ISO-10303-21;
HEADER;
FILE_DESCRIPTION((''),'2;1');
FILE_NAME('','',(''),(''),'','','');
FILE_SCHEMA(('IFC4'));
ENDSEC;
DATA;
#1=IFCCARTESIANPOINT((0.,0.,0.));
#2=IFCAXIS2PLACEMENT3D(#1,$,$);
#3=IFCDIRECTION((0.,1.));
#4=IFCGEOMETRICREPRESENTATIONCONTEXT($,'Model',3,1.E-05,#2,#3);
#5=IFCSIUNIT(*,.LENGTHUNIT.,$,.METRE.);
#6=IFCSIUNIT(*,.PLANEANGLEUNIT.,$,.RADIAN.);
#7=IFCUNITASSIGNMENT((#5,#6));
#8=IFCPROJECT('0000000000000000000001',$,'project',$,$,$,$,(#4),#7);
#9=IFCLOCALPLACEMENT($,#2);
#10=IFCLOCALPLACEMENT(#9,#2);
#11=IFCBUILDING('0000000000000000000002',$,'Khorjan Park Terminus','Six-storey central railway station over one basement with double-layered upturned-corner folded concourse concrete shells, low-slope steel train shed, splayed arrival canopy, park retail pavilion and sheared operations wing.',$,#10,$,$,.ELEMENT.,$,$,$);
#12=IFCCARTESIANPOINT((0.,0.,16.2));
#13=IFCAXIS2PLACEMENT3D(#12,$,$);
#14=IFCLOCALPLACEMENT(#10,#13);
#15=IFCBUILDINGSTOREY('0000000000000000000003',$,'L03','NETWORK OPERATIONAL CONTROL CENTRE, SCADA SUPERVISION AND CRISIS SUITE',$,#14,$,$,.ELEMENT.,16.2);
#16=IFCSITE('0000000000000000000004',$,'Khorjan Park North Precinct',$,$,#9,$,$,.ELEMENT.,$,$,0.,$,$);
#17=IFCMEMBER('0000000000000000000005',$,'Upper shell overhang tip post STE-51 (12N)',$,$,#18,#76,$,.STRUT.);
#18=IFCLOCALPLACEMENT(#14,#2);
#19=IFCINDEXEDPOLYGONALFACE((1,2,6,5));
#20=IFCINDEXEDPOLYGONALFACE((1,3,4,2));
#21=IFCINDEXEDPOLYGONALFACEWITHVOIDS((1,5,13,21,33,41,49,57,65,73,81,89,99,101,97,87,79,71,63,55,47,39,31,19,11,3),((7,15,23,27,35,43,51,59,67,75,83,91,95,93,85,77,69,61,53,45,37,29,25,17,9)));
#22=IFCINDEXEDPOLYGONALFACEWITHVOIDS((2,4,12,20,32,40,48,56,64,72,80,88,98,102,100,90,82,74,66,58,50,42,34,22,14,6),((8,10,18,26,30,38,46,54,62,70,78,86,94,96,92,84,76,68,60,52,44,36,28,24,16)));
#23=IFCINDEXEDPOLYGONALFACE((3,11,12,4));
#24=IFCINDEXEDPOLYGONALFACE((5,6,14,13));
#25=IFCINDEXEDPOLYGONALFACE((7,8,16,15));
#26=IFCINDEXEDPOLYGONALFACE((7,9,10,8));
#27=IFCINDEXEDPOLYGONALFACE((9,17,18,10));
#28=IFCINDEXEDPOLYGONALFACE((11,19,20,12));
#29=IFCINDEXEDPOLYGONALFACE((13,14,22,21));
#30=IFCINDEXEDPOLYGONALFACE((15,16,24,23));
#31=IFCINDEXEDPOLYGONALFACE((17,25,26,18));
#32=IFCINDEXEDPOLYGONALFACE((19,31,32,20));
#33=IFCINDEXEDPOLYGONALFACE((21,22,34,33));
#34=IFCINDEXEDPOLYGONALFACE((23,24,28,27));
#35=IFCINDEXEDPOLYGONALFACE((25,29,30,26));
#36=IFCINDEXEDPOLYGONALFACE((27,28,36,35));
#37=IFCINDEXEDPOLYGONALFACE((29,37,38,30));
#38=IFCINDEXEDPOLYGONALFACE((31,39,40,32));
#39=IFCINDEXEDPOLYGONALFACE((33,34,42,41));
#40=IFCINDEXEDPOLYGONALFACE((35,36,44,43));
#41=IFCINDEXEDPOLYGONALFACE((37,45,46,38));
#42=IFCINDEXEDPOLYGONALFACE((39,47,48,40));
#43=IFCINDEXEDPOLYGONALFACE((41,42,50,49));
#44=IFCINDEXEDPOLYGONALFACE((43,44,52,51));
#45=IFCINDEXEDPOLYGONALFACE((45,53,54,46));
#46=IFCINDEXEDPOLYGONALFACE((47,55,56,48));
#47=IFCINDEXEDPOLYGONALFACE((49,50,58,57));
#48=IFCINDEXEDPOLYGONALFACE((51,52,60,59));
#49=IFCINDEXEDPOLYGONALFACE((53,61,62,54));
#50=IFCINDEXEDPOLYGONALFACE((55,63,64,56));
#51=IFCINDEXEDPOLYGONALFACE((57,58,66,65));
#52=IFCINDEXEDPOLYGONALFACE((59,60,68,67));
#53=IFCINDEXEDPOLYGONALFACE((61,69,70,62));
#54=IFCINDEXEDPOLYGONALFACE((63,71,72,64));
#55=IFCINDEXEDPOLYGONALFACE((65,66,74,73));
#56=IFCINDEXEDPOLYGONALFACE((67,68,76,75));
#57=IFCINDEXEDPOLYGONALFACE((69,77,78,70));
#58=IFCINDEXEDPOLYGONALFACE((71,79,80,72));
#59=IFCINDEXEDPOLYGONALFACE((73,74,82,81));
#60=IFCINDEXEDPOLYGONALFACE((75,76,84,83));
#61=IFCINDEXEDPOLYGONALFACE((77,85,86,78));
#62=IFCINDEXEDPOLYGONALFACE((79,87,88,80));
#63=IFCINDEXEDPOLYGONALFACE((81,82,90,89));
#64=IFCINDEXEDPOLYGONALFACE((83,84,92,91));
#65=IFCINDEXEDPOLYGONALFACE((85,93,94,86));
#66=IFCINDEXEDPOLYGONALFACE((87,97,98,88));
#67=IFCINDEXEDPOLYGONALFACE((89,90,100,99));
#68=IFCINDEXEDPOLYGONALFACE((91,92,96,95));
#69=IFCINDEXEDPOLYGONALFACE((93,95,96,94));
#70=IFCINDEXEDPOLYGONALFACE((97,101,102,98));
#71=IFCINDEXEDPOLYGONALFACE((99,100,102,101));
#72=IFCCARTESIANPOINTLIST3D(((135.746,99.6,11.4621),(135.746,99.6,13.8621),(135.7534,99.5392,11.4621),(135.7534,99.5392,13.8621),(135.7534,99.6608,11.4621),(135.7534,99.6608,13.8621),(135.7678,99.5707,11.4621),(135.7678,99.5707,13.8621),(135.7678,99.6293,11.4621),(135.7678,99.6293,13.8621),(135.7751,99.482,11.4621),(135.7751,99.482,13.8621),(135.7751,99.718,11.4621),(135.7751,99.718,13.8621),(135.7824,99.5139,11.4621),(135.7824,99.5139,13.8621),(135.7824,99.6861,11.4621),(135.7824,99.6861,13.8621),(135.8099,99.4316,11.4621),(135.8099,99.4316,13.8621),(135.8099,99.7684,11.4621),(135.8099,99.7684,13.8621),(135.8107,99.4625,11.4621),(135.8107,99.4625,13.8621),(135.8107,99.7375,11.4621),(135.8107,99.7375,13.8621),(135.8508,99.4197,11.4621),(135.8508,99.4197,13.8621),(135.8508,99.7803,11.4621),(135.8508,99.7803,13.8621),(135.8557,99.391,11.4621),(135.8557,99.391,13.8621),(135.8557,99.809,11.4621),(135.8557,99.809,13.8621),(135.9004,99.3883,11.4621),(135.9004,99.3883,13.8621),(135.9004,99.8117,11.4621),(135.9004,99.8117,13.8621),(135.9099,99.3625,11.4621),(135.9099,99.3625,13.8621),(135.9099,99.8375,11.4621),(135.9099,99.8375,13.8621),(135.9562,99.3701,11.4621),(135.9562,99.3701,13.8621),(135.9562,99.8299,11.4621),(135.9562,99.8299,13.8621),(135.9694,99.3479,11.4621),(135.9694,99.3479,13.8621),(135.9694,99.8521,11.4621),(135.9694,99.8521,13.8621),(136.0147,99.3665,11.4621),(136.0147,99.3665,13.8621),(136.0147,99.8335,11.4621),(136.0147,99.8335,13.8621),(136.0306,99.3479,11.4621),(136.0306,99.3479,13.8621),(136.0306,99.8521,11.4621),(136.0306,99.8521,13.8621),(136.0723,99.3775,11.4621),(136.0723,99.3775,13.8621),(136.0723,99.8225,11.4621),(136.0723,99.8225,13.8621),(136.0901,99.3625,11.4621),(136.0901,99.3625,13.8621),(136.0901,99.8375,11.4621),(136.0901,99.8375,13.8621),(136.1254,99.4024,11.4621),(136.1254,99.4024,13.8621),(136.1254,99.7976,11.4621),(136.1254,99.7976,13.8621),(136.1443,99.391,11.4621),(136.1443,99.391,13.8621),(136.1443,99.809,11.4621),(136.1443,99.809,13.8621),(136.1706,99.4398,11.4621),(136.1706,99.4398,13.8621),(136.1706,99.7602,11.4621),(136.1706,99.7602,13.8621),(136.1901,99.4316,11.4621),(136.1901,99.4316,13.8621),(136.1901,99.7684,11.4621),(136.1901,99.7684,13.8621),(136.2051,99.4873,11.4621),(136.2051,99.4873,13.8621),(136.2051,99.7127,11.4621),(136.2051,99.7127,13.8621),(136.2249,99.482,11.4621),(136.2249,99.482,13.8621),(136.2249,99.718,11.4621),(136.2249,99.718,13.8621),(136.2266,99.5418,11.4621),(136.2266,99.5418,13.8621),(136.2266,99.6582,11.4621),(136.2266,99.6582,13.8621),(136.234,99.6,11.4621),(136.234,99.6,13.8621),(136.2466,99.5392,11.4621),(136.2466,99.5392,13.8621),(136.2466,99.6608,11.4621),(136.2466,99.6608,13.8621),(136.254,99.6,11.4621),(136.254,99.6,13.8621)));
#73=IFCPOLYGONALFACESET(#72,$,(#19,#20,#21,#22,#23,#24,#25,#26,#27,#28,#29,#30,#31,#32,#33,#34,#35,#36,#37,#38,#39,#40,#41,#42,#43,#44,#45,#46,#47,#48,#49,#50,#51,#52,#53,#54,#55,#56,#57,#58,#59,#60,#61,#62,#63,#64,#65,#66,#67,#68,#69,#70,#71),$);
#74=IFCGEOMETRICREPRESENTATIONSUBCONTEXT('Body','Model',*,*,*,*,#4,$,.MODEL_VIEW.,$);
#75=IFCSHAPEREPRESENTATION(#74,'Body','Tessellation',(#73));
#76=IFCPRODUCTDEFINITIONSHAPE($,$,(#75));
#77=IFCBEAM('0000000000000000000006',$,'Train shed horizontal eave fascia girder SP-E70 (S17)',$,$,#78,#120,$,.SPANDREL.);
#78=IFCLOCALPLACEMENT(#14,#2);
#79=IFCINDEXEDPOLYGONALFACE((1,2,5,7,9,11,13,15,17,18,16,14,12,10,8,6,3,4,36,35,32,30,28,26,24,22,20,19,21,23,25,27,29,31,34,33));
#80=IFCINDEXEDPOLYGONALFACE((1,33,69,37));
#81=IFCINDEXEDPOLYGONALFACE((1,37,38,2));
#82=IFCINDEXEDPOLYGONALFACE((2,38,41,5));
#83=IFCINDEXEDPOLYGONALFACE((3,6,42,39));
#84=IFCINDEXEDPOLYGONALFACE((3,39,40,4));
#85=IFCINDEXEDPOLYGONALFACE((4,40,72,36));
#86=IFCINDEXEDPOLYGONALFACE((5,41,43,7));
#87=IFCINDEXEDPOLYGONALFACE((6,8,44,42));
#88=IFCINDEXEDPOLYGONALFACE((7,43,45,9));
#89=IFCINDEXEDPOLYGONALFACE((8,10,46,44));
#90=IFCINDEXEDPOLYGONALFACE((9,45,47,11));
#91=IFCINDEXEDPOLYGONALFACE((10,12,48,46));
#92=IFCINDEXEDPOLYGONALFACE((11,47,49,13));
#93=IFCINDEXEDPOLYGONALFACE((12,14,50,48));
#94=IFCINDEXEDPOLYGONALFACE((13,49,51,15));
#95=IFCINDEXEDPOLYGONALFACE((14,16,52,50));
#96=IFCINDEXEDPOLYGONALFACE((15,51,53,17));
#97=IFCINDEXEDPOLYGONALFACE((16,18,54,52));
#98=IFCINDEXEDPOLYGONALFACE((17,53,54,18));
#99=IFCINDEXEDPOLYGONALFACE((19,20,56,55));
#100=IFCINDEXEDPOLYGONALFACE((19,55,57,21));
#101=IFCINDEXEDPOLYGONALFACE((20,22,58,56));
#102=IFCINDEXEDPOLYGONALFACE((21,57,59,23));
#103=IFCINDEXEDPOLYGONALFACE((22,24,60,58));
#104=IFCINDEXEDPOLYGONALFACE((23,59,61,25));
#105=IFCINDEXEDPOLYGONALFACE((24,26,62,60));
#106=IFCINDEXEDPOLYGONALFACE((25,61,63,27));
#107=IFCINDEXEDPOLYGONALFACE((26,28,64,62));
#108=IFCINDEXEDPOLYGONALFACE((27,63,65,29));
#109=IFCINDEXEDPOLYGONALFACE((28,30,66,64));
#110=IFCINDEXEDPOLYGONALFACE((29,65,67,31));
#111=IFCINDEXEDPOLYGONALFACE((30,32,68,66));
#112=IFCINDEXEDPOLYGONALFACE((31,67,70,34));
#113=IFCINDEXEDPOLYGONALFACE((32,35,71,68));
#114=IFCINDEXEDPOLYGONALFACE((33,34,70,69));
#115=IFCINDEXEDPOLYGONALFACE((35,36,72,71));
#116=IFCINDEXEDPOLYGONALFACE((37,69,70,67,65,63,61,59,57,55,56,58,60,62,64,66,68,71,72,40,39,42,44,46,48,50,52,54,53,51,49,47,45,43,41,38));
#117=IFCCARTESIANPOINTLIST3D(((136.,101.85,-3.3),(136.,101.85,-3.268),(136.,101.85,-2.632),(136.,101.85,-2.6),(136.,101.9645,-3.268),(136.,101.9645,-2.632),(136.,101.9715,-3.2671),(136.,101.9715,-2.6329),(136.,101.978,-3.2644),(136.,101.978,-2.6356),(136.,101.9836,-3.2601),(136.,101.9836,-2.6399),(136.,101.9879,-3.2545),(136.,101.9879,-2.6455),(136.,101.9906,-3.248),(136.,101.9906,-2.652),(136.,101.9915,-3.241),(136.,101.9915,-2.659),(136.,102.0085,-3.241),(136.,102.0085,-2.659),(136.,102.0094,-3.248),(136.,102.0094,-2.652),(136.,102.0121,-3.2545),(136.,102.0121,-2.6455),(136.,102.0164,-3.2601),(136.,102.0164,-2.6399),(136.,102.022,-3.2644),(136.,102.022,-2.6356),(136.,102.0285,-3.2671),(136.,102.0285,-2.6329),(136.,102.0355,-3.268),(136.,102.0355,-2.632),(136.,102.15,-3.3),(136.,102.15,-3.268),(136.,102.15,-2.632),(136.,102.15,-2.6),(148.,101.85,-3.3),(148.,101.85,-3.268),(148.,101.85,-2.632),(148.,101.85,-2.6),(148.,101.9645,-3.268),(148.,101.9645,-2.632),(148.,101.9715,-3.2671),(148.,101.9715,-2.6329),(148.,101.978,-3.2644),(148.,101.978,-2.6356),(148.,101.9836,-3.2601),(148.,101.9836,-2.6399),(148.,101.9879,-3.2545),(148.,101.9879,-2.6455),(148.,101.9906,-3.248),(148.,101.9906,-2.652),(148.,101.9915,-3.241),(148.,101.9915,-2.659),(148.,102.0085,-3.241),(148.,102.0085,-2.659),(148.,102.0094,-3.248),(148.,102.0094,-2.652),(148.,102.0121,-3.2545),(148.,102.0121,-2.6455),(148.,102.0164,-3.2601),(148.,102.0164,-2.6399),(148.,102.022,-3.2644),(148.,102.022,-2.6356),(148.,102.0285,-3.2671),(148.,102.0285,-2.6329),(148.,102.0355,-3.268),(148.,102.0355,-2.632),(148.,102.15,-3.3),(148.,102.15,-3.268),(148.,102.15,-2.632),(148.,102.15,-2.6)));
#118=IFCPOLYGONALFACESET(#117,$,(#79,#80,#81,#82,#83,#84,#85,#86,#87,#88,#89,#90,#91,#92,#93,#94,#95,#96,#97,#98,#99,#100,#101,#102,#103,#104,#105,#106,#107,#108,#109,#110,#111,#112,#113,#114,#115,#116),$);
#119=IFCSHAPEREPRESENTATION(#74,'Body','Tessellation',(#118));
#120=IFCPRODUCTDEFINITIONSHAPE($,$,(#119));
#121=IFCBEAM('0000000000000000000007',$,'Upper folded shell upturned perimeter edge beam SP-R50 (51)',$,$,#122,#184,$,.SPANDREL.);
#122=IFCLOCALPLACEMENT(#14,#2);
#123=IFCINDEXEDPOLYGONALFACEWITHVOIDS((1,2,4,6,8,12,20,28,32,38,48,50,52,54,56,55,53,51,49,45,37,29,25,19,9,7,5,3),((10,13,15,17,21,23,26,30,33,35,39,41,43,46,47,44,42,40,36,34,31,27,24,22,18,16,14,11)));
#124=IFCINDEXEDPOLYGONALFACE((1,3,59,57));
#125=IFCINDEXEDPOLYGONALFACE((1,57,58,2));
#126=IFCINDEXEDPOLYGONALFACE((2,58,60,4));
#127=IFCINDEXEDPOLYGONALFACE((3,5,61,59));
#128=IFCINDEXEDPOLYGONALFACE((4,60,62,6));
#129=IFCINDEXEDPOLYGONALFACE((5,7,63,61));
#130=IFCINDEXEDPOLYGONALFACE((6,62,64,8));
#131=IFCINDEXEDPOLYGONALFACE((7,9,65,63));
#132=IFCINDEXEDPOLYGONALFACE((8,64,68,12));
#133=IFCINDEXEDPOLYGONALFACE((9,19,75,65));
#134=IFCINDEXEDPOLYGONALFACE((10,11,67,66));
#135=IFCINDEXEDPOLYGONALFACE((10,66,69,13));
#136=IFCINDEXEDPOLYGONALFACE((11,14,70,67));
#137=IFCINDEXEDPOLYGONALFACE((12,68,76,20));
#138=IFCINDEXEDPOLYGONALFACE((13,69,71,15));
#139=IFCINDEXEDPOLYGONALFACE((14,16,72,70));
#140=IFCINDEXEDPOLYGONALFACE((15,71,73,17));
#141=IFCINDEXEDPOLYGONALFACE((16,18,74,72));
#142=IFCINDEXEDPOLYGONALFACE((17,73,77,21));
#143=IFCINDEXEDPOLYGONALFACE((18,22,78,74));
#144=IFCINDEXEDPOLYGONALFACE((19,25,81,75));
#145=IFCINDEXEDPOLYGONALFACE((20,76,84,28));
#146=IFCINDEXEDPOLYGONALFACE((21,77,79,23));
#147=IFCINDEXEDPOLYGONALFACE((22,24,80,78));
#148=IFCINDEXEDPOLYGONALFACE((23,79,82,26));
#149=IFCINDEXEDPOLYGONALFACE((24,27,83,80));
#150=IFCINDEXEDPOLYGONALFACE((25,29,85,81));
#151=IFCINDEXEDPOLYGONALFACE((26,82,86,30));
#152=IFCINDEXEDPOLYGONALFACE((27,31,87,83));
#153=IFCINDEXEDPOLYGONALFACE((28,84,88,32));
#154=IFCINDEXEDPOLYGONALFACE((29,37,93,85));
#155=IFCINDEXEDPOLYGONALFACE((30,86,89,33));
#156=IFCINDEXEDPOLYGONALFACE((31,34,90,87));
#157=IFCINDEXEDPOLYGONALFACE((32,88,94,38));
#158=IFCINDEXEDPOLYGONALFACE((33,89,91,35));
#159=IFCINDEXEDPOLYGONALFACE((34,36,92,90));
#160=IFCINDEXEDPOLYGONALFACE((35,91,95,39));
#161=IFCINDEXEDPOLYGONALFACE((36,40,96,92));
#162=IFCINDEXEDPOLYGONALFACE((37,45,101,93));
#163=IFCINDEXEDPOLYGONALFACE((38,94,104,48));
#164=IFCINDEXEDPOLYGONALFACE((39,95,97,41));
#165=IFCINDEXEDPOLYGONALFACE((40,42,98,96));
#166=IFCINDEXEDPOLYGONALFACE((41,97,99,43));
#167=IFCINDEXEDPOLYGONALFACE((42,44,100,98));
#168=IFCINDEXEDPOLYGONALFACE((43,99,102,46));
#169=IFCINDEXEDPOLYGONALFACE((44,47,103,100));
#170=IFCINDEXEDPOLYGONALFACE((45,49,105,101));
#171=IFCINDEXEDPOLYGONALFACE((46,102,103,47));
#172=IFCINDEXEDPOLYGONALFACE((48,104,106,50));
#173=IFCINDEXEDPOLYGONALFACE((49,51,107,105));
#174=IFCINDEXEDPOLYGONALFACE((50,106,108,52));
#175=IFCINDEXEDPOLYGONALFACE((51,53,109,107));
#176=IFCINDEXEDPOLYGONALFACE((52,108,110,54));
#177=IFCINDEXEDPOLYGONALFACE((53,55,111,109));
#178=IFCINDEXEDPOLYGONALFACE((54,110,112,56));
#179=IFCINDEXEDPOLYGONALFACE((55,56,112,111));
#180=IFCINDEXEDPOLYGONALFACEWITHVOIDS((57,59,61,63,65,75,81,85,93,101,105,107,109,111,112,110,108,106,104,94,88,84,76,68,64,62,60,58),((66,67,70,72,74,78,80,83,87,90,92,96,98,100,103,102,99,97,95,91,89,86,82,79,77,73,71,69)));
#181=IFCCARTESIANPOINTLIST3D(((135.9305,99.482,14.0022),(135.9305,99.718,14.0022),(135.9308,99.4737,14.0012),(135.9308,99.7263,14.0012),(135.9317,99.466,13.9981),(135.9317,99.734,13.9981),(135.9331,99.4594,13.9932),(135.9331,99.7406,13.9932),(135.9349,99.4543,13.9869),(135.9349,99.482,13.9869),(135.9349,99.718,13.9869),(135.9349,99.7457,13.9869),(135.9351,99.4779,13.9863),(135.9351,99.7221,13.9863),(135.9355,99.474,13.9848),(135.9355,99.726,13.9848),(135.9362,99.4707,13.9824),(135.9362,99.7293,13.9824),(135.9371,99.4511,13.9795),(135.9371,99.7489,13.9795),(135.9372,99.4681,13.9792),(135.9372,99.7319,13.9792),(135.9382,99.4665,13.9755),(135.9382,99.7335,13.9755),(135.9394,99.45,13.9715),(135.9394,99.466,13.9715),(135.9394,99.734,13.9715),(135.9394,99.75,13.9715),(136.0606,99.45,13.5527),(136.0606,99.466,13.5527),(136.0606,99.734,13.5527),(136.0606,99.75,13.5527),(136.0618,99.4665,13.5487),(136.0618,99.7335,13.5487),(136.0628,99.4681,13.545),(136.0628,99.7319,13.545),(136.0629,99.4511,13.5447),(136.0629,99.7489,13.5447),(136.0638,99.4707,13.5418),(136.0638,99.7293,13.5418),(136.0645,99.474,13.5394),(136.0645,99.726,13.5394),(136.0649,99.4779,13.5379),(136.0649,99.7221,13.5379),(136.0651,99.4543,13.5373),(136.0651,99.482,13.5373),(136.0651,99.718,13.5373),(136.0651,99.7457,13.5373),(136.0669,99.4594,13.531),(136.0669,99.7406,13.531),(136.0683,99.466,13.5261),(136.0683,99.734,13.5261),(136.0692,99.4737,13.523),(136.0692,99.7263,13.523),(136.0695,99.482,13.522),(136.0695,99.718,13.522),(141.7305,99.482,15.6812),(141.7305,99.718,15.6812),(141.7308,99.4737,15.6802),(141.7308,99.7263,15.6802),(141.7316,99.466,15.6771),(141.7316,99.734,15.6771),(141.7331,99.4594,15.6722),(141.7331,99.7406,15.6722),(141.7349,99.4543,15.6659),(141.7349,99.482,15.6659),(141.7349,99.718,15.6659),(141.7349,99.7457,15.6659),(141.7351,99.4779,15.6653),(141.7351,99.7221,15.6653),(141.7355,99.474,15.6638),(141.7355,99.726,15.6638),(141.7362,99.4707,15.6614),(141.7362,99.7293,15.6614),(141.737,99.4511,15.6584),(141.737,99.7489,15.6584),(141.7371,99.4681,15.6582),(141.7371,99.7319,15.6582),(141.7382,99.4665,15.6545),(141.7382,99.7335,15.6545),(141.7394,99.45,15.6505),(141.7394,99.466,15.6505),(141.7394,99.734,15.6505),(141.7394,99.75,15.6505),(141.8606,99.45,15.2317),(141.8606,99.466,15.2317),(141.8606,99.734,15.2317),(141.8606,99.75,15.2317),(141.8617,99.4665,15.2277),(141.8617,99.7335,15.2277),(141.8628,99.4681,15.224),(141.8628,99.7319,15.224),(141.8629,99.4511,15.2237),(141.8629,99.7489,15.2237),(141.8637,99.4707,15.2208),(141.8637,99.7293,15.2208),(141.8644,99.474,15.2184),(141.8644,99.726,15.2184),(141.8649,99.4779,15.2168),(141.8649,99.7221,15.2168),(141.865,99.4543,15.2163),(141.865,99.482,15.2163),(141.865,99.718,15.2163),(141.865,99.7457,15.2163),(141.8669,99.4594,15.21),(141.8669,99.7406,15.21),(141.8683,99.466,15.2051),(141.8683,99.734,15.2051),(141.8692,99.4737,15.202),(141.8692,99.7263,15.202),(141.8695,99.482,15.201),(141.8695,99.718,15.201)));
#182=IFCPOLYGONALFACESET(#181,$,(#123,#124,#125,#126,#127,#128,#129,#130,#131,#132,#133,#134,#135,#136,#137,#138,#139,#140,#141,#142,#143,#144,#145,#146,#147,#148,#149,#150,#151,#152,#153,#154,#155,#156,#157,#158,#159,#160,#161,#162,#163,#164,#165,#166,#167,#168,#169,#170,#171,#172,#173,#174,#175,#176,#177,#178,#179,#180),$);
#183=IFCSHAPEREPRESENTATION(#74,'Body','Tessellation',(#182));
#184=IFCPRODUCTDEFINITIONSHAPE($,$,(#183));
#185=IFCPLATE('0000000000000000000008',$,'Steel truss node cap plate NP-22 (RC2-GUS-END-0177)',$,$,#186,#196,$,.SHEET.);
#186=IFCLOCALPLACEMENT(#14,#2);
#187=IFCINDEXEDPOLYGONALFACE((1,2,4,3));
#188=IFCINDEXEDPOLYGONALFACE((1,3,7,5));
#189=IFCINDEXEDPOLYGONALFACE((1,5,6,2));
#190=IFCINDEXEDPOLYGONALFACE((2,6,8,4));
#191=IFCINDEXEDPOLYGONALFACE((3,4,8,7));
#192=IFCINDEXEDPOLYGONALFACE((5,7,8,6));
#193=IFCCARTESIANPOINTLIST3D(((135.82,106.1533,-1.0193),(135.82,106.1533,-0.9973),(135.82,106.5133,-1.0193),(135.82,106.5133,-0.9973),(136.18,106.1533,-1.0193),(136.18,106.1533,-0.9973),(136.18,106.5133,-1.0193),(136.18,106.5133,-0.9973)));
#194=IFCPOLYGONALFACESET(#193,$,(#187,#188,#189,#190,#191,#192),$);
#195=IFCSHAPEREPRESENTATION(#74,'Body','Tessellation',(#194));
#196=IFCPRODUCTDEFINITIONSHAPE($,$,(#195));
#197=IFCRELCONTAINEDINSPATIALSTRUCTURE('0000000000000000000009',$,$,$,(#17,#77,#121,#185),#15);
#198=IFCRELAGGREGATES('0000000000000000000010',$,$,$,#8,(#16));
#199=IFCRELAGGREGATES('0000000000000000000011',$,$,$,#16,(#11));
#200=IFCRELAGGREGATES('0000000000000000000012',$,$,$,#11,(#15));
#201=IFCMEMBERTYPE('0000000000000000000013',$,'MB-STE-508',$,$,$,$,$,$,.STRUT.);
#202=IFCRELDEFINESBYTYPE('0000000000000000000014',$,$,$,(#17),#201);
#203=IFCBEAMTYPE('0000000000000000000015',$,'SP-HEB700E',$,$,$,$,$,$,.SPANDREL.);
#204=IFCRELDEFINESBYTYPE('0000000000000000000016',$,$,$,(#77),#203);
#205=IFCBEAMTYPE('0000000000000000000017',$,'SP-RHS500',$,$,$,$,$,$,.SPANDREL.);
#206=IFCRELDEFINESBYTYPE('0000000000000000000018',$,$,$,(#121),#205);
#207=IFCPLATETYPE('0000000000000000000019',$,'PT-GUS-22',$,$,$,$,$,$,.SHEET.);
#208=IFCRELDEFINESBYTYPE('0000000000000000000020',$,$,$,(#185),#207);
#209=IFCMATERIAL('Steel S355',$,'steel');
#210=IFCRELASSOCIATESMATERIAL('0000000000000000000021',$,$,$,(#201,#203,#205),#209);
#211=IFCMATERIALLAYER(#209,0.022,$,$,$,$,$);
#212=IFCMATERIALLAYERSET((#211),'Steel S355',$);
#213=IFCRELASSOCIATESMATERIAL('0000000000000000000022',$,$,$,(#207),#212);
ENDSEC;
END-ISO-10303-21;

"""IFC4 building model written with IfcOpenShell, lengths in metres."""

from ifc_helpers import new_model, si_unit, direction, frame, origin, origin_2d, place, context, subcontext, project, spatial, rectangle, hollow_rectangle, hollow_circle, i_section, extrude, material, layer, layer_set, material_profile, profile_set, type_object, element, save


model = new_model("IFC4")

# Units and contexts
model_context = context("Model", 3, precision=1e-05, world=origin(), true_north=direction((0.0, 1.0)))
body_context = subcontext(model_context, "Body", "Model", "MODEL_VIEW")
ifc_project = project(units=[si_unit("LENGTHUNIT", "METRE"), si_unit("PLANEANGLEUNIT", "RADIAN")], contexts=[model_context])

# Site, building, storey
site_placement = place(None, origin())
site = spatial("IfcSite", under=ifc_project, at=site_placement, Name="Khorjan Park North Precinct", CompositionType="ELEMENT", RefElevation=0.0)
building_placement = place(site_placement, origin())
building = spatial("IfcBuilding", under=site, at=building_placement, Name="Khorjan Park Terminus", Description="Six-storey central railway station over one basement with double-layered upturned-corner folded concourse concrete shells, low-slope steel train shed, splayed arrival canopy, park retail pavilion and sheared operations wing.", CompositionType="ELEMENT")
storey_placement = place(building_placement, frame((0.0, 0.0, 16.2)))
storey = spatial("IfcBuildingStorey", under=building, at=storey_placement, Name="L03", Description="NETWORK OPERATIONAL CONTROL CENTRE, SCADA SUPERVISION AND CRISIS SUITE", CompositionType="ELEMENT", Elevation=16.2)

# Member
ifc_material = material(Name="Steel S355", Category="steel")
ifc_material_profile_1 = material_profile(ifc_material, hollow_circle(Radius=0.254, WallThickness=0.02, at=origin_2d()), Name="CHS 508x20")
ifc_profile_set_1 = profile_set([ifc_material_profile_1], Name="Steel S355")
member_type_1 = type_object("IfcMemberType", Name="MB-STE-508", PredefinedType="STRUT", material=ifc_profile_set_1)
member_1_placement = place(storey_placement, frame((136.0, 99.6, 11.4621), z_axis=(0.0, 0.0, 1.0), x_axis=(1.0, 0.0, 0.0)))
element("IfcMember", 1, at=member_1_placement, inside=storey, type_object=member_type_1, Name="Upper shell overhang tip post STE-51 (12N)", PredefinedType="STRUT", context=body_context, shape_type="SweptSolid", body=[
    extrude(hollow_circle(Radius=0.254, WallThickness=0.02, at=origin_2d()), origin(), (0.0, 0.0, 1.0), 2.4),
])

# Beams
ifc_material_profile_2 = material_profile(ifc_material, i_section(OverallWidth=0.3, OverallDepth=0.7, WebThickness=0.017, FlangeThickness=0.032, FilletRadius=0.027, at=origin_2d()), Name="HEB 700")
ifc_profile_set_2 = profile_set([ifc_material_profile_2], Name="Steel S355")
beam_type_1 = type_object("IfcBeamType", Name="SP-HEB700E", PredefinedType="SPANDREL", material=ifc_profile_set_2)
beam_1_placement = place(storey_placement, frame((136.0, 102.0, -2.95), z_axis=(1.0, 0.0, 0.0), x_axis=(0.0, 1.0, 0.0)))
element("IfcBeam", 2, at=beam_1_placement, inside=storey, type_object=beam_type_1, Name="Train shed horizontal eave fascia girder SP-E70 (S17)", PredefinedType="SPANDREL", context=body_context, shape_type="SweptSolid", body=[
    extrude(i_section(OverallWidth=0.3, OverallDepth=0.7, WebThickness=0.017, FlangeThickness=0.032, FilletRadius=0.027, at=origin_2d()), origin(), (0.0, 0.0, 1.0), 12.0),
])
ifc_material_profile_3 = material_profile(ifc_material, hollow_rectangle(XDim=0.3, YDim=0.5, WallThickness=0.016, InnerFilletRadius=0.016, OuterFilletRadius=0.032, at=origin_2d()), Name="RHS 500x300x16")
ifc_profile_set_3 = profile_set([ifc_material_profile_3], Name="Steel S355")
beam_type_2 = type_object("IfcBeamType", Name="SP-RHS500", PredefinedType="SPANDREL", material=ifc_profile_set_3)
beam_2_placement = place(storey_placement, frame((136.0, 99.6, 13.7621), z_axis=(0.960562, 0.0, 0.278066), x_axis=(0.0, 1.0, 0.0)))
element("IfcBeam", 3, at=beam_2_placement, inside=storey, type_object=beam_type_2, Name="Upper folded shell upturned perimeter edge beam SP-R50 (51)", PredefinedType="SPANDREL", context=body_context, shape_type="SweptSolid", body=[
    extrude(hollow_rectangle(XDim=0.3, YDim=0.5, WallThickness=0.016, InnerFilletRadius=0.016, OuterFilletRadius=0.032, at=origin_2d()), origin(), (0.0, 0.0, 1.0), 6.0381),
])

# Plate
ifc_layer_1 = layer(ifc_material, 0.022)
ifc_layer_set_1 = layer_set([ifc_layer_1], Name="Steel S355")
plate_type_1 = type_object("IfcPlateType", Name="PT-GUS-22", PredefinedType="SHEET", material=ifc_layer_set_1)
plate_1_placement = place(storey_placement, frame((136.0, 106.3333, -1.0193), z_axis=(0.0, 0.0, 1.0), x_axis=(1.0, 0.0, 0.0)))
element("IfcPlate", 4, at=plate_1_placement, inside=storey, type_object=plate_type_1, Name="Steel truss node cap plate NP-22 (RC2-GUS-END-0177)", PredefinedType="SHEET", context=body_context, shape_type="SweptSolid", body=[
    extrude(rectangle(XDim=0.36, YDim=0.36, at=origin_2d()), origin(), (0.0, 0.0, 1.0), 0.022),
])

save(model, "model.ifc")
